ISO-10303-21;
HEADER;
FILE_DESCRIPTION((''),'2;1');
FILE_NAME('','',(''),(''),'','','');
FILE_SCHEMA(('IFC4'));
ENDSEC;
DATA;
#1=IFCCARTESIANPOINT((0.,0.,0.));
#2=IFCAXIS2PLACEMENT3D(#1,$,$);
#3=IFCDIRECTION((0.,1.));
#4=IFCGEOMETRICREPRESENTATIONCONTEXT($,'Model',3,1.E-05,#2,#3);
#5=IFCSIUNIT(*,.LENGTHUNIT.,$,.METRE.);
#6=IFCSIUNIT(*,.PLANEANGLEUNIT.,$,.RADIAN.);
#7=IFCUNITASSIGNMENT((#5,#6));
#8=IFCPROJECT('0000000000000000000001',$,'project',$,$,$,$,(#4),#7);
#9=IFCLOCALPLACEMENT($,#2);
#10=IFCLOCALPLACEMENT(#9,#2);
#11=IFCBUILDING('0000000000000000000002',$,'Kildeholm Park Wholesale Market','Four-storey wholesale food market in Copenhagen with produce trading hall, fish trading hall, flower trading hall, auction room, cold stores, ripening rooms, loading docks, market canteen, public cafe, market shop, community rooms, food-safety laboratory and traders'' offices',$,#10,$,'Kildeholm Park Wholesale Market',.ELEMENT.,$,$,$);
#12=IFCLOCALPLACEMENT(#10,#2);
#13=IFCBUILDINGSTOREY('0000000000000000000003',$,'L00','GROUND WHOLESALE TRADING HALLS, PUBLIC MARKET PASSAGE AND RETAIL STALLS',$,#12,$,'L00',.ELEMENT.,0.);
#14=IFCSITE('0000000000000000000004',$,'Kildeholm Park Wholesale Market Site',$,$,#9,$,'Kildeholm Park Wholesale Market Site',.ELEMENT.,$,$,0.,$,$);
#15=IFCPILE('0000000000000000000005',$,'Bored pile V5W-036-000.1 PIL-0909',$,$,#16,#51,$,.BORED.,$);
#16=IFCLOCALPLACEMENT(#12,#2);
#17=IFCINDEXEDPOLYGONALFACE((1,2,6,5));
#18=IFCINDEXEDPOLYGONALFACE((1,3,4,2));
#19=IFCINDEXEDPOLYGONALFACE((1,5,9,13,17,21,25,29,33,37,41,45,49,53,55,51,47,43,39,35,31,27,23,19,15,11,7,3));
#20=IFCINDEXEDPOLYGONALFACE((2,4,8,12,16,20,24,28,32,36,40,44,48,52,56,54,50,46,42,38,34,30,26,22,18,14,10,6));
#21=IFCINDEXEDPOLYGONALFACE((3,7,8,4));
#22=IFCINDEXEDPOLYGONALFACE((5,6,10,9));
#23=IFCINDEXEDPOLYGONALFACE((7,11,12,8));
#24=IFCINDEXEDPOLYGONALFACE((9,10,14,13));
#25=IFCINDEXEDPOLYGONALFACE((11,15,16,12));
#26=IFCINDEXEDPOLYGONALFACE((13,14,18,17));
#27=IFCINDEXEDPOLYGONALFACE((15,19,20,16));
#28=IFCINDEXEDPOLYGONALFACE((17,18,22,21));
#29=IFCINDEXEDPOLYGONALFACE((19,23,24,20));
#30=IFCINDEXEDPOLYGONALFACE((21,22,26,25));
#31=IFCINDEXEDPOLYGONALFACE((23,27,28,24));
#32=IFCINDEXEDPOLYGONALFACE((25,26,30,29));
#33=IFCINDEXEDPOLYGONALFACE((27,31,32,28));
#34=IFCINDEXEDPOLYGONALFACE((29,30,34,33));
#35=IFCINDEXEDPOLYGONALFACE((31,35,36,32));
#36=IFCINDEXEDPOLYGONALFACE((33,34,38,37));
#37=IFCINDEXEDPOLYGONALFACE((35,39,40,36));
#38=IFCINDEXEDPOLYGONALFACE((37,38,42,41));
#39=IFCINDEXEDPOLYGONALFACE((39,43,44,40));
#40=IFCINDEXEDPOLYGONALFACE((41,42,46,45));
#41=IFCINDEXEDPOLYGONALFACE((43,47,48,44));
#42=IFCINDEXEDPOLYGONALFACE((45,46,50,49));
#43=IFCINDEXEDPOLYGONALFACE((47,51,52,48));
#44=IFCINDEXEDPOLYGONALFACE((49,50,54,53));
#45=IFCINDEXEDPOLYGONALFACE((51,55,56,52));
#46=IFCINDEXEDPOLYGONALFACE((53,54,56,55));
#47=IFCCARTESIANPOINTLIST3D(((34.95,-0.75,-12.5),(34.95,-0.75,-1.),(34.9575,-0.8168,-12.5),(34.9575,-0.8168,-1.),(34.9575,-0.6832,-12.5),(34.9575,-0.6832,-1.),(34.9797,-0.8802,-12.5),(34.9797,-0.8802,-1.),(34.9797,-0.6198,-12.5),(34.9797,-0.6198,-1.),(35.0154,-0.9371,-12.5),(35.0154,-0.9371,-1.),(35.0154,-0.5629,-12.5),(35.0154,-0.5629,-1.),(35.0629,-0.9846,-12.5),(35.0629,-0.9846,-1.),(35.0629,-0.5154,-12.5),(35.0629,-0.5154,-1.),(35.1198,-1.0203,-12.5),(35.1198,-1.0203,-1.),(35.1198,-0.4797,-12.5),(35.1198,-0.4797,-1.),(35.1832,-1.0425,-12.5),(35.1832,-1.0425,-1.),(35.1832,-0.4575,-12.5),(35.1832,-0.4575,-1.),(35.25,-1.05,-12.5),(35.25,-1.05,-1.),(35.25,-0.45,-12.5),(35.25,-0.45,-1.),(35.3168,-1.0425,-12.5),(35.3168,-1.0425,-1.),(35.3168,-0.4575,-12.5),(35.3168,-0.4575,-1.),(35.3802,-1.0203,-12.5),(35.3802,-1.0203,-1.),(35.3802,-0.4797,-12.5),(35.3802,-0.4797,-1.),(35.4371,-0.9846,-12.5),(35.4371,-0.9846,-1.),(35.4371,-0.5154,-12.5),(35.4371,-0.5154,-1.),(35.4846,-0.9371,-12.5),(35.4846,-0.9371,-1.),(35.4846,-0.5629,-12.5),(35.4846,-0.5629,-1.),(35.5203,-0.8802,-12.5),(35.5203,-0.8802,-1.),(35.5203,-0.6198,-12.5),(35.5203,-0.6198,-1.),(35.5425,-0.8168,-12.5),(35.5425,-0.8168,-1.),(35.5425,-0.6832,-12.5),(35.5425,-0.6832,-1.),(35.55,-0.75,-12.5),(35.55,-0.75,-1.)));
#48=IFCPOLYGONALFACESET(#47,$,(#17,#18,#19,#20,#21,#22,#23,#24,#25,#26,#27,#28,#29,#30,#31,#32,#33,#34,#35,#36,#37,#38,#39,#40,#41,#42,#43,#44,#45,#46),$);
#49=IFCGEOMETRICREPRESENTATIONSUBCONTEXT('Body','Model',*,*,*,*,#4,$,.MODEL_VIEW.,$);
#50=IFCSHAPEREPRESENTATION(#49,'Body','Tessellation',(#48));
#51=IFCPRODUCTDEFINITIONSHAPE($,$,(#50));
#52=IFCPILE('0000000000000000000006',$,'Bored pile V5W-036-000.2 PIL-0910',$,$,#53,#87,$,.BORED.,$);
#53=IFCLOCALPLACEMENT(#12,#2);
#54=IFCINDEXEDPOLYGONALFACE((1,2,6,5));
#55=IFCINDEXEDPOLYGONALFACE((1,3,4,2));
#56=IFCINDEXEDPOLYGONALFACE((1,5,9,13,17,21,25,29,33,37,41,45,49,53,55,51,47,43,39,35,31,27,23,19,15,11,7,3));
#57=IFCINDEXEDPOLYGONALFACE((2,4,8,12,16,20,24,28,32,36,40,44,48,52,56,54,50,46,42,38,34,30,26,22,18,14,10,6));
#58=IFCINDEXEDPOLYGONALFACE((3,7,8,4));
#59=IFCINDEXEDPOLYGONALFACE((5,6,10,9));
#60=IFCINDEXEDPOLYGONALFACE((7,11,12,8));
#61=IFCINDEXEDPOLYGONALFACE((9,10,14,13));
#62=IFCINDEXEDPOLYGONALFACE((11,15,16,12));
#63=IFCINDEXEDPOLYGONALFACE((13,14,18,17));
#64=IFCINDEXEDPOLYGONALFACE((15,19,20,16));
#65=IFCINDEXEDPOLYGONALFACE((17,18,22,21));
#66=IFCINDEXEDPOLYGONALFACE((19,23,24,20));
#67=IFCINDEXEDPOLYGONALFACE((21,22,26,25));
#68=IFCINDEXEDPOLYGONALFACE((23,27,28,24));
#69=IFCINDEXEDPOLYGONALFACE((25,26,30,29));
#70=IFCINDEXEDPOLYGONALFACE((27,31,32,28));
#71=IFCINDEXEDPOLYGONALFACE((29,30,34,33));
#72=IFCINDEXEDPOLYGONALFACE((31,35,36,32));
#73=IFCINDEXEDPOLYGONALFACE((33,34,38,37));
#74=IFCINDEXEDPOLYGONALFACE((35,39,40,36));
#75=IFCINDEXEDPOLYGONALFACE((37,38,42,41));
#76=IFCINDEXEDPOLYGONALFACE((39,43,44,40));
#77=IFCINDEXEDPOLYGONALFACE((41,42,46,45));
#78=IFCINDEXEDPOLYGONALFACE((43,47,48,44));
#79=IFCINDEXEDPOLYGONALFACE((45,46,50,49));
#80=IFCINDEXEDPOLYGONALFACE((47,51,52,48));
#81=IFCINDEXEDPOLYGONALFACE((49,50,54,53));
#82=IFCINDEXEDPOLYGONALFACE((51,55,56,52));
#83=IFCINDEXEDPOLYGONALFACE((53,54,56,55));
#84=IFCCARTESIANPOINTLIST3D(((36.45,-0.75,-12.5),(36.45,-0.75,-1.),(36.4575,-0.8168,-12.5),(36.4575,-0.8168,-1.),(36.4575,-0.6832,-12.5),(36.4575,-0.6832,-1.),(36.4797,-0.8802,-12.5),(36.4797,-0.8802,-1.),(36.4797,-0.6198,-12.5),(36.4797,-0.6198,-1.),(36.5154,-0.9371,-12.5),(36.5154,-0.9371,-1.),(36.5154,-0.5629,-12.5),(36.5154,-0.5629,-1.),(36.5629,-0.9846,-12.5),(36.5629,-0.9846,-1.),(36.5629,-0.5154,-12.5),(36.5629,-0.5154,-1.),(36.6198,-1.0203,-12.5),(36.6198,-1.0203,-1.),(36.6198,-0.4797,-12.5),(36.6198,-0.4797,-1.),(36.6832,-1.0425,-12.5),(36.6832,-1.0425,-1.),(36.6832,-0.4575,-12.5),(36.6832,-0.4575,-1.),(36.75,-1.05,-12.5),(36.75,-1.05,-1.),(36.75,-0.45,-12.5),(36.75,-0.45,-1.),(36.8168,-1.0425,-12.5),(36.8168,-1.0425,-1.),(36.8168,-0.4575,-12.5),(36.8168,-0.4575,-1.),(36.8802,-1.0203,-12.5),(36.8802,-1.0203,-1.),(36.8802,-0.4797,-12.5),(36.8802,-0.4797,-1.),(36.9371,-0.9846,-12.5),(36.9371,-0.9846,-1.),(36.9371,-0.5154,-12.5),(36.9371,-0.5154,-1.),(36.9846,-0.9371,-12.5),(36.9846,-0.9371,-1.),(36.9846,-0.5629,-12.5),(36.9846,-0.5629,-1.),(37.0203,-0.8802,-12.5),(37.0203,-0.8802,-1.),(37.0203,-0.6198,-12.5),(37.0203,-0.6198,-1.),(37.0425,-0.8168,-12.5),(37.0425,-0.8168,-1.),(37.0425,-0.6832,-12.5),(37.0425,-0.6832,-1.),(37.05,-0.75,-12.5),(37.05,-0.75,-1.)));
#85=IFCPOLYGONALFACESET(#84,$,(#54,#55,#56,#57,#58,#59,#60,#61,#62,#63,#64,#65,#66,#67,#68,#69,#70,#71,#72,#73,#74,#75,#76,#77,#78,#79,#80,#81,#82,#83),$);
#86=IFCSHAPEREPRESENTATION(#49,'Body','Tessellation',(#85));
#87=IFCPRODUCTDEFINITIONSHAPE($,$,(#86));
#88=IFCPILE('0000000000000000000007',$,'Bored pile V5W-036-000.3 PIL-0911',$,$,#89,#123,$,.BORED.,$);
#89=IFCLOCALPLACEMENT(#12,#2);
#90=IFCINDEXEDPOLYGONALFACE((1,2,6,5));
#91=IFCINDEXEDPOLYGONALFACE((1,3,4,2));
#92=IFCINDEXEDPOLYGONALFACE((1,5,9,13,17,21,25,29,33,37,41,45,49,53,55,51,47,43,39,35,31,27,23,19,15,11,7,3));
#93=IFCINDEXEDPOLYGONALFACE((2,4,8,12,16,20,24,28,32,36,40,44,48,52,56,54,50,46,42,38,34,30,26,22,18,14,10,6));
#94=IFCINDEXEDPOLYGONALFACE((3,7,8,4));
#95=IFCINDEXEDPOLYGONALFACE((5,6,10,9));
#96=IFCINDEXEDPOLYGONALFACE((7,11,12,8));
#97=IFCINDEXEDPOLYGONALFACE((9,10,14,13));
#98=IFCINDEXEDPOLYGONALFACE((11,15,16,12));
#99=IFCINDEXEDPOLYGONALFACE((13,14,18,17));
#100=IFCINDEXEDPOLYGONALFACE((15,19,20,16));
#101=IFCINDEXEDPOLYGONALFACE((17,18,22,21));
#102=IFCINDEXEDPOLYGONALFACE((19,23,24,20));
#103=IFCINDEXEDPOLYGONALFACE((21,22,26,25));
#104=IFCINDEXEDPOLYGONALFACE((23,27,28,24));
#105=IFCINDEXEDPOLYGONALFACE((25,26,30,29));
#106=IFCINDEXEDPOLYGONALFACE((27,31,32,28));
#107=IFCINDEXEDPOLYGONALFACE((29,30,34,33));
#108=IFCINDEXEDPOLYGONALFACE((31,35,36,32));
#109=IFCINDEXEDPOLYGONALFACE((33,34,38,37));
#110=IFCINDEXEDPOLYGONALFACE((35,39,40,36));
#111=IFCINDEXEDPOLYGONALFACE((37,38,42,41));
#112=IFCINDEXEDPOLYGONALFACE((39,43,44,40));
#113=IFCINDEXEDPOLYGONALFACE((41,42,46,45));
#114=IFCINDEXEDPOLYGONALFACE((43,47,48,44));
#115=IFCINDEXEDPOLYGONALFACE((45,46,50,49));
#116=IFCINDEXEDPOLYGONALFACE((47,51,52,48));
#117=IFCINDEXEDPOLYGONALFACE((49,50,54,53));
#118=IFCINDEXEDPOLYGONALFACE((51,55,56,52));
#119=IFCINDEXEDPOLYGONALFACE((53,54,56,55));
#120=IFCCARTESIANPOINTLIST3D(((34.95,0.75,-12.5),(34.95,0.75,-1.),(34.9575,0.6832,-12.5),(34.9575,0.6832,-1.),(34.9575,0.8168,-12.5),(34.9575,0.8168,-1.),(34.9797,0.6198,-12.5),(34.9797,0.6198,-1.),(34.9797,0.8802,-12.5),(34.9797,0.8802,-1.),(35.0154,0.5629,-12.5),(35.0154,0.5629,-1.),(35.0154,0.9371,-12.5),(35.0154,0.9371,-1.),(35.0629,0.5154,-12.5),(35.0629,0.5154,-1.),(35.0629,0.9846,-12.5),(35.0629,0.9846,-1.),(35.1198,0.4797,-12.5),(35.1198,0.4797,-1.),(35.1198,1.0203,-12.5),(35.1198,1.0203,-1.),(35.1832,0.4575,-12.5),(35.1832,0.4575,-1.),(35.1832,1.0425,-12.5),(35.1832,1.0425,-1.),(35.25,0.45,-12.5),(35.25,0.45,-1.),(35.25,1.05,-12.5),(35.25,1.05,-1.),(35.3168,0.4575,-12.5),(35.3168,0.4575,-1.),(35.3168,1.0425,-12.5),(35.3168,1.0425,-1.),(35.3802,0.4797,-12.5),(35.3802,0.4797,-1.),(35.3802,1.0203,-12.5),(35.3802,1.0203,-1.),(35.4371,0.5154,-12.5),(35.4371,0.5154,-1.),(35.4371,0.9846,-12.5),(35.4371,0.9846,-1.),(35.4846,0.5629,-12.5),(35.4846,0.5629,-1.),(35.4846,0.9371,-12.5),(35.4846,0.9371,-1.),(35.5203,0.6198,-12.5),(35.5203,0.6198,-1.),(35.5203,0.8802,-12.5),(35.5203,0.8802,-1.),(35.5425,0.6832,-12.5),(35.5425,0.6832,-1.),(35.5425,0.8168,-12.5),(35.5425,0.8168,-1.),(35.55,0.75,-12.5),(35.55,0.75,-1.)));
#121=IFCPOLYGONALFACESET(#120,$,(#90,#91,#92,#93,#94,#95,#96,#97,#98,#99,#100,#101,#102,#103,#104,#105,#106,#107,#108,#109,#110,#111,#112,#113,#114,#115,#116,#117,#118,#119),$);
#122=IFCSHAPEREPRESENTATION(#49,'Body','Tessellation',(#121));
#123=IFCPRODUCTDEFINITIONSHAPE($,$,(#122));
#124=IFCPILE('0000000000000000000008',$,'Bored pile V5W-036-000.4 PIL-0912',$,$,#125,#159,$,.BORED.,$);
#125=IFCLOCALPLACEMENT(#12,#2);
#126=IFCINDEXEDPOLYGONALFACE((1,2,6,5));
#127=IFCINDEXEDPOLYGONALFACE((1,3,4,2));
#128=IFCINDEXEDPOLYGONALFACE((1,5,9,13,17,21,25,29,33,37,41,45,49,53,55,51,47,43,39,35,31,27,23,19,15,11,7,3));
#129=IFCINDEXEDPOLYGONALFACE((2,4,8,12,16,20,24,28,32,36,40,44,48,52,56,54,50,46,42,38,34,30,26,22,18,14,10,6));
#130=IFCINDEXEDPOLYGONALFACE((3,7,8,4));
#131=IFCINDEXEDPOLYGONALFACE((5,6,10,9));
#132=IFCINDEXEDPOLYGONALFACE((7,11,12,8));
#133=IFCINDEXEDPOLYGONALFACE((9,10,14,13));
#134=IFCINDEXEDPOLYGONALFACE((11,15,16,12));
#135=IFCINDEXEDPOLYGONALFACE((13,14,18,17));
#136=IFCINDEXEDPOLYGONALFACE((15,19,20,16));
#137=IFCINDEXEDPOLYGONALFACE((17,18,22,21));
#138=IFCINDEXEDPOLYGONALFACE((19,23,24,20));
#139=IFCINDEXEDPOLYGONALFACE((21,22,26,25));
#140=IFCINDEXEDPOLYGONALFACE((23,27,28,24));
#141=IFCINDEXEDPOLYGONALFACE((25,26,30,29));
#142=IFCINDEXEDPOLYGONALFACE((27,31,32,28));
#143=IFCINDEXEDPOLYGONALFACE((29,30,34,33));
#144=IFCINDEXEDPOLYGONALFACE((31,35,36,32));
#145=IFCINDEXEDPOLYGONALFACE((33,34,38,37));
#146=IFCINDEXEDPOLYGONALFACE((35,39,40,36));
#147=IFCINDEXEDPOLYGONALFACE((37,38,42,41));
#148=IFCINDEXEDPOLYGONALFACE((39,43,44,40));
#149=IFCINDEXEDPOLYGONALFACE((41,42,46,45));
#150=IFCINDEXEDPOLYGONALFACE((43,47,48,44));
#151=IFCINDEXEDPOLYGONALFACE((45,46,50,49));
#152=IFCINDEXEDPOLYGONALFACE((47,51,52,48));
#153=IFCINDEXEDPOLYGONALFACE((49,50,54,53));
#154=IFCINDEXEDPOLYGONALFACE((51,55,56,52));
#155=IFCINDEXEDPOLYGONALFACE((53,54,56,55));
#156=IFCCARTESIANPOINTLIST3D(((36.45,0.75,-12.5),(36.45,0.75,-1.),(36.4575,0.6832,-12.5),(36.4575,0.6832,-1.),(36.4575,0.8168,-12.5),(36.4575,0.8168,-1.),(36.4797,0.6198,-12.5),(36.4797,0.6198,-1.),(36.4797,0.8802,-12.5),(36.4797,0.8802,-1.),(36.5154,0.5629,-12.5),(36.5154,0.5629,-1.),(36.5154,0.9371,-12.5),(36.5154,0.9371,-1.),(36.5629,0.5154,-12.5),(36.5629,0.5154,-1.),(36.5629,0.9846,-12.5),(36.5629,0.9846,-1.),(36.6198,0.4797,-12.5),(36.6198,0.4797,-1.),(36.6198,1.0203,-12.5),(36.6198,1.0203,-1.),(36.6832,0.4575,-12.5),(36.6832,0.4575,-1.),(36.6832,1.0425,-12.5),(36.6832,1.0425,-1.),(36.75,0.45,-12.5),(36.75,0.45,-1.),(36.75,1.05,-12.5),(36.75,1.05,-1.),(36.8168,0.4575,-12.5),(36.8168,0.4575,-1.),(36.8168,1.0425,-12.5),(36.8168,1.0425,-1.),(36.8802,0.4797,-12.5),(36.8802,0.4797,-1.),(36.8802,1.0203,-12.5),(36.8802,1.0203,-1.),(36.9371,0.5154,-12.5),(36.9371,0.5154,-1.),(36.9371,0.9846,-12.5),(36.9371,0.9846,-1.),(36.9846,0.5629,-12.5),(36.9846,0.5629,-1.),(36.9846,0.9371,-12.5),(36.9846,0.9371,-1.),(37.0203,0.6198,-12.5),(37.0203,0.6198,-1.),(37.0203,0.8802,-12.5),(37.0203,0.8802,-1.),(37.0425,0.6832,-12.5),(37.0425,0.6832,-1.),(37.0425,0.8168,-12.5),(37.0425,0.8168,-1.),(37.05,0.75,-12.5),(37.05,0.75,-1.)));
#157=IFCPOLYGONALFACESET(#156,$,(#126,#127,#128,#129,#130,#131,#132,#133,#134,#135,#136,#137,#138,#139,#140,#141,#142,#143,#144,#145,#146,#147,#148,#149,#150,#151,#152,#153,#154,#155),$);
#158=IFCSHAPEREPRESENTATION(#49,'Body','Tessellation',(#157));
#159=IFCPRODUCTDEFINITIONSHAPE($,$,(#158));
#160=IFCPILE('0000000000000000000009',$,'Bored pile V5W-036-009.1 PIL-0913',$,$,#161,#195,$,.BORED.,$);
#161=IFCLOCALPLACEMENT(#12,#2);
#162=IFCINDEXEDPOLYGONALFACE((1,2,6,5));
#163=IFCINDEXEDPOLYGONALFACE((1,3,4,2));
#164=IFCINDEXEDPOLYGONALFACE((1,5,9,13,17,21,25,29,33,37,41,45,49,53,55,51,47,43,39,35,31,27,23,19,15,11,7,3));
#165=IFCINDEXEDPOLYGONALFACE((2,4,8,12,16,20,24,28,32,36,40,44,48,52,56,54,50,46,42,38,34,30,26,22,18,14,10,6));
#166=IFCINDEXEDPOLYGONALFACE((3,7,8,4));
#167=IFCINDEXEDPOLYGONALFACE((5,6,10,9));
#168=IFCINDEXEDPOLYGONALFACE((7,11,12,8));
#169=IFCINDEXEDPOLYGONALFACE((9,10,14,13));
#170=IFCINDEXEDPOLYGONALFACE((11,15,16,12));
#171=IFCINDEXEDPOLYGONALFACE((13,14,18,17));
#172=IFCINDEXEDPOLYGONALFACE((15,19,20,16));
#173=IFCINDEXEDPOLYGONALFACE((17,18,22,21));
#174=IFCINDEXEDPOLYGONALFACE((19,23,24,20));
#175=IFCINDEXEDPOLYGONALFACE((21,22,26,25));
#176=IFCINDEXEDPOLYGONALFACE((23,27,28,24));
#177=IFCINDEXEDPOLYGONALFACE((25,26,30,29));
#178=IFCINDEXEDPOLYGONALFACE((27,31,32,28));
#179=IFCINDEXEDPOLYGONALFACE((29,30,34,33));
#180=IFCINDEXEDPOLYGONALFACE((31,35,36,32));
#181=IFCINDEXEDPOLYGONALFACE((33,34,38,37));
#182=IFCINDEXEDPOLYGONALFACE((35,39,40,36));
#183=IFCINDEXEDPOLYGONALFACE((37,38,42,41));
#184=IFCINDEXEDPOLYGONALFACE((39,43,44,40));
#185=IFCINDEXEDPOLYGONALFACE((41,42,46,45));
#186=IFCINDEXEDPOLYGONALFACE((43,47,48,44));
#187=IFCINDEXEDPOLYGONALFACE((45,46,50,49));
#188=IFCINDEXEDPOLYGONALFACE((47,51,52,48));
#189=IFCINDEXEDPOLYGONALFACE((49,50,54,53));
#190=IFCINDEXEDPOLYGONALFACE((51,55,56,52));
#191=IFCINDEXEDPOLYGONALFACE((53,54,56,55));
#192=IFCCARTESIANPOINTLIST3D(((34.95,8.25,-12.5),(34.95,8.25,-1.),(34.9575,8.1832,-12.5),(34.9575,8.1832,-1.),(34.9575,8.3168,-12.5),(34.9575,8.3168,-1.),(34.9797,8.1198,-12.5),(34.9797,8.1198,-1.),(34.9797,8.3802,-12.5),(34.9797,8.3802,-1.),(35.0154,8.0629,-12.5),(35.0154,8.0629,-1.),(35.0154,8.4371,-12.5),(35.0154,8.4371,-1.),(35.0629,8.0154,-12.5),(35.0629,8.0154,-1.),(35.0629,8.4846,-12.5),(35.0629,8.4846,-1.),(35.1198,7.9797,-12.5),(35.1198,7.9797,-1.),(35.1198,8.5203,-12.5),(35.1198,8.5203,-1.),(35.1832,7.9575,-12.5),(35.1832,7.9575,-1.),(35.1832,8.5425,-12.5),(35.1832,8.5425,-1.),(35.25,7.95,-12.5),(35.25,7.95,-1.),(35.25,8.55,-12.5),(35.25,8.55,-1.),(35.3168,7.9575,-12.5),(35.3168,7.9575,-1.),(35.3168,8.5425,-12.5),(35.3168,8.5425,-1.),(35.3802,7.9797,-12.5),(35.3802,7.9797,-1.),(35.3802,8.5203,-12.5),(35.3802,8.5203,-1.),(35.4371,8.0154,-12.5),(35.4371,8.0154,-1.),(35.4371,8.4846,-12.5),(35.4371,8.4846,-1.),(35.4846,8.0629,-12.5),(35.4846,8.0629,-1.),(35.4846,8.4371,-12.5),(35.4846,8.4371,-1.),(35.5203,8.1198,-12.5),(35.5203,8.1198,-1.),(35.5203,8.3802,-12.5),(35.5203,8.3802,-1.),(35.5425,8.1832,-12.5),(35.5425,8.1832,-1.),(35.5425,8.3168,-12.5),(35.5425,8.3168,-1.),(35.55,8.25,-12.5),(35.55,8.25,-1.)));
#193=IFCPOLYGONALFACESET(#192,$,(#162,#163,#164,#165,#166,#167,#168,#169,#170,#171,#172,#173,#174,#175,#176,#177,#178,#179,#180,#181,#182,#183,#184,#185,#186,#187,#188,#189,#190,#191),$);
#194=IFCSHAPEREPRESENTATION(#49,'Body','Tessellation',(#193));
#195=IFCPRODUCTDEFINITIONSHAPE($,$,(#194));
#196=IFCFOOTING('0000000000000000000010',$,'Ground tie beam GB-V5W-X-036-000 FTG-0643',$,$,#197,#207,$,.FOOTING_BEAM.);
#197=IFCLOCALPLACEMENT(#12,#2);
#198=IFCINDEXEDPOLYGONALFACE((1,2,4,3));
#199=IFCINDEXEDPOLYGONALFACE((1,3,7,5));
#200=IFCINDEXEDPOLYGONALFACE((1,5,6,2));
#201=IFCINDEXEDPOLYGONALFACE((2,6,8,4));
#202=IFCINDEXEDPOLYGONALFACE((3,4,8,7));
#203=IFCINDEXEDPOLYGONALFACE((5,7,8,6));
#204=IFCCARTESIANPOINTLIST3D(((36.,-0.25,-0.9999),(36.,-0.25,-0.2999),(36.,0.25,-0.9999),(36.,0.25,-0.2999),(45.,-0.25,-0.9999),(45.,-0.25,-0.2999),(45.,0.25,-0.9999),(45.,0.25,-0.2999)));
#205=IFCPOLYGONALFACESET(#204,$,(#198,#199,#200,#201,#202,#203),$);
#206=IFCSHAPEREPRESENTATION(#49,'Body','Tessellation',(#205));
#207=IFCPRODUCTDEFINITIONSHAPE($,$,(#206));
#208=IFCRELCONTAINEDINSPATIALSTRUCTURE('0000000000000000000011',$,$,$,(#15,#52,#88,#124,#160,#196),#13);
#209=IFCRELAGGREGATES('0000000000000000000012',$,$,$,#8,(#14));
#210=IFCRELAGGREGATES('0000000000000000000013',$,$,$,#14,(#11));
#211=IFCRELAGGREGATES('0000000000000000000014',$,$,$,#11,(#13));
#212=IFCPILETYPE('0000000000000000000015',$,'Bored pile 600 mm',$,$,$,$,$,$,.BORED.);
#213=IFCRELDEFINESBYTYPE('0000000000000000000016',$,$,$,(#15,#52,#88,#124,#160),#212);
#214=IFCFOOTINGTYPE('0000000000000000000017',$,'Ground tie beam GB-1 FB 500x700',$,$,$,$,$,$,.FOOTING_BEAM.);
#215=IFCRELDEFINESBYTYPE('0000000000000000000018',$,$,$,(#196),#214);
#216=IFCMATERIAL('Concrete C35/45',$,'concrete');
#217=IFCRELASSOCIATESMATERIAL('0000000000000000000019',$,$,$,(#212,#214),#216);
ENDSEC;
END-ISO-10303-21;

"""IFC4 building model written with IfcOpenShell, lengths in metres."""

from ifc_helpers import new_model, si_unit, direction, frame, origin, origin_2d, place, context, subcontext, project, spatial, rectangle, circle, extrude, material, material_profile, profile_set, type_object, element, save


model = new_model("IFC4")

# Units and contexts
model_context = context("Model", 3, precision=1e-05, world=origin(), true_north=direction((0.0, 1.0)))
body_context = subcontext(model_context, "Body", "Model", "MODEL_VIEW")
ifc_project = project(units=[si_unit("LENGTHUNIT", "METRE"), si_unit("PLANEANGLEUNIT", "RADIAN")], contexts=[model_context])

# Site, building, storey
site_placement = place(None, origin())
site = spatial("IfcSite", under=ifc_project, at=site_placement, Name="Kildeholm Park Wholesale Market Site", LongName="Kildeholm Park Wholesale Market Site", CompositionType="ELEMENT", RefElevation=0.0)
building_placement = place(site_placement, origin())
building = spatial("IfcBuilding", under=site, at=building_placement, Name="Kildeholm Park Wholesale Market", Description="Four-storey wholesale food market in Copenhagen with produce trading hall, fish trading hall, flower trading hall, auction room, cold stores, ripening rooms, loading docks, market canteen, public cafe, market shop, community rooms, food-safety laboratory and traders' offices", LongName="Kildeholm Park Wholesale Market", CompositionType="ELEMENT")
storey_placement = place(building_placement, origin())
storey = spatial("IfcBuildingStorey", under=building, at=storey_placement, Name="L00", Description="GROUND WHOLESALE TRADING HALLS, PUBLIC MARKET PASSAGE AND RETAIL STALLS", LongName="L00", CompositionType="ELEMENT", Elevation=0.0)

# Piles
ifc_material_1 = material(Name="Concrete C35/45", Category="concrete")
ifc_material_profile_1 = material_profile(ifc_material_1, circle(Radius=0.3, at=origin_2d()), Name="PILE D600")
ifc_profile_set_1 = profile_set([ifc_material_profile_1], Name="Concrete C35/45")
pile_type = type_object("IfcPileType", Name="Bored pile 600 mm", PredefinedType="BORED", material=ifc_profile_set_1)
for number, where, z_axis, x_axis, name in (
    (1, (35.25, -0.75, -1.0), (0.0, 0.0, -1.0), (1.0, 0.0, 0.0), "Bored pile V5W-036-000.1 PIL-0909"),
    (2, (36.75, -0.75, -1.0), (0.0, 0.0, -1.0), (1.0, 0.0, 0.0), "Bored pile V5W-036-000.2 PIL-0910"),
    (3, (35.25, 0.75, -1.0), (0.0, 0.0, -1.0), (1.0, 0.0, 0.0), "Bored pile V5W-036-000.3 PIL-0911"),
    (4, (36.75, 0.75, -1.0), (0.0, 0.0, -1.0), (1.0, 0.0, 0.0), "Bored pile V5W-036-000.4 PIL-0912"),
    (5, (35.25, 8.25, -1.0), (0.0, 0.0, -1.0), (1.0, 0.0, 0.0), "Bored pile V5W-036-009.1 PIL-0913"),
):
    element("IfcPile", number, at=place(storey_placement, frame(where, z_axis=z_axis, x_axis=x_axis)), inside=storey, type_object=pile_type, Name=name, PredefinedType="BORED", context=body_context, shape_type="SweptSolid", body=[
        extrude(circle(Radius=0.3, at=origin_2d()), origin(), (0.0, 0.0, 1.0), 11.5),
    ])

# Footing
ifc_material_profile_2 = material_profile(ifc_material_1, rectangle(XDim=0.5, YDim=0.7, at=origin_2d()), Name="FB 500x700")
ifc_profile_set_2 = profile_set([ifc_material_profile_2], Name="Concrete C35/45")
footing_type_1 = type_object("IfcFootingType", Name="Ground tie beam GB-1 FB 500x700", PredefinedType="FOOTING_BEAM", material=ifc_profile_set_2)
for number, where, z_axis, x_axis, name in (
    (6, (36.0, 0.0, -0.6499), (1.0, 0.0, 0.0), (0.0, 1.0, 0.0), "Ground tie beam GB-V5W-X-036-000 FTG-0643"),
):
    element("IfcFooting", number, at=place(storey_placement, frame(where, z_axis=z_axis, x_axis=x_axis)), inside=storey, type_object=footing_type_1, Name=name, PredefinedType="FOOTING_BEAM", context=body_context, shape_type="SweptSolid", body=[
        extrude(rectangle(XDim=0.5, YDim=0.7, at=origin_2d()), origin(), (0.0, 0.0, 1.0), 9.0),
    ])

save(model, "model.ifc")
